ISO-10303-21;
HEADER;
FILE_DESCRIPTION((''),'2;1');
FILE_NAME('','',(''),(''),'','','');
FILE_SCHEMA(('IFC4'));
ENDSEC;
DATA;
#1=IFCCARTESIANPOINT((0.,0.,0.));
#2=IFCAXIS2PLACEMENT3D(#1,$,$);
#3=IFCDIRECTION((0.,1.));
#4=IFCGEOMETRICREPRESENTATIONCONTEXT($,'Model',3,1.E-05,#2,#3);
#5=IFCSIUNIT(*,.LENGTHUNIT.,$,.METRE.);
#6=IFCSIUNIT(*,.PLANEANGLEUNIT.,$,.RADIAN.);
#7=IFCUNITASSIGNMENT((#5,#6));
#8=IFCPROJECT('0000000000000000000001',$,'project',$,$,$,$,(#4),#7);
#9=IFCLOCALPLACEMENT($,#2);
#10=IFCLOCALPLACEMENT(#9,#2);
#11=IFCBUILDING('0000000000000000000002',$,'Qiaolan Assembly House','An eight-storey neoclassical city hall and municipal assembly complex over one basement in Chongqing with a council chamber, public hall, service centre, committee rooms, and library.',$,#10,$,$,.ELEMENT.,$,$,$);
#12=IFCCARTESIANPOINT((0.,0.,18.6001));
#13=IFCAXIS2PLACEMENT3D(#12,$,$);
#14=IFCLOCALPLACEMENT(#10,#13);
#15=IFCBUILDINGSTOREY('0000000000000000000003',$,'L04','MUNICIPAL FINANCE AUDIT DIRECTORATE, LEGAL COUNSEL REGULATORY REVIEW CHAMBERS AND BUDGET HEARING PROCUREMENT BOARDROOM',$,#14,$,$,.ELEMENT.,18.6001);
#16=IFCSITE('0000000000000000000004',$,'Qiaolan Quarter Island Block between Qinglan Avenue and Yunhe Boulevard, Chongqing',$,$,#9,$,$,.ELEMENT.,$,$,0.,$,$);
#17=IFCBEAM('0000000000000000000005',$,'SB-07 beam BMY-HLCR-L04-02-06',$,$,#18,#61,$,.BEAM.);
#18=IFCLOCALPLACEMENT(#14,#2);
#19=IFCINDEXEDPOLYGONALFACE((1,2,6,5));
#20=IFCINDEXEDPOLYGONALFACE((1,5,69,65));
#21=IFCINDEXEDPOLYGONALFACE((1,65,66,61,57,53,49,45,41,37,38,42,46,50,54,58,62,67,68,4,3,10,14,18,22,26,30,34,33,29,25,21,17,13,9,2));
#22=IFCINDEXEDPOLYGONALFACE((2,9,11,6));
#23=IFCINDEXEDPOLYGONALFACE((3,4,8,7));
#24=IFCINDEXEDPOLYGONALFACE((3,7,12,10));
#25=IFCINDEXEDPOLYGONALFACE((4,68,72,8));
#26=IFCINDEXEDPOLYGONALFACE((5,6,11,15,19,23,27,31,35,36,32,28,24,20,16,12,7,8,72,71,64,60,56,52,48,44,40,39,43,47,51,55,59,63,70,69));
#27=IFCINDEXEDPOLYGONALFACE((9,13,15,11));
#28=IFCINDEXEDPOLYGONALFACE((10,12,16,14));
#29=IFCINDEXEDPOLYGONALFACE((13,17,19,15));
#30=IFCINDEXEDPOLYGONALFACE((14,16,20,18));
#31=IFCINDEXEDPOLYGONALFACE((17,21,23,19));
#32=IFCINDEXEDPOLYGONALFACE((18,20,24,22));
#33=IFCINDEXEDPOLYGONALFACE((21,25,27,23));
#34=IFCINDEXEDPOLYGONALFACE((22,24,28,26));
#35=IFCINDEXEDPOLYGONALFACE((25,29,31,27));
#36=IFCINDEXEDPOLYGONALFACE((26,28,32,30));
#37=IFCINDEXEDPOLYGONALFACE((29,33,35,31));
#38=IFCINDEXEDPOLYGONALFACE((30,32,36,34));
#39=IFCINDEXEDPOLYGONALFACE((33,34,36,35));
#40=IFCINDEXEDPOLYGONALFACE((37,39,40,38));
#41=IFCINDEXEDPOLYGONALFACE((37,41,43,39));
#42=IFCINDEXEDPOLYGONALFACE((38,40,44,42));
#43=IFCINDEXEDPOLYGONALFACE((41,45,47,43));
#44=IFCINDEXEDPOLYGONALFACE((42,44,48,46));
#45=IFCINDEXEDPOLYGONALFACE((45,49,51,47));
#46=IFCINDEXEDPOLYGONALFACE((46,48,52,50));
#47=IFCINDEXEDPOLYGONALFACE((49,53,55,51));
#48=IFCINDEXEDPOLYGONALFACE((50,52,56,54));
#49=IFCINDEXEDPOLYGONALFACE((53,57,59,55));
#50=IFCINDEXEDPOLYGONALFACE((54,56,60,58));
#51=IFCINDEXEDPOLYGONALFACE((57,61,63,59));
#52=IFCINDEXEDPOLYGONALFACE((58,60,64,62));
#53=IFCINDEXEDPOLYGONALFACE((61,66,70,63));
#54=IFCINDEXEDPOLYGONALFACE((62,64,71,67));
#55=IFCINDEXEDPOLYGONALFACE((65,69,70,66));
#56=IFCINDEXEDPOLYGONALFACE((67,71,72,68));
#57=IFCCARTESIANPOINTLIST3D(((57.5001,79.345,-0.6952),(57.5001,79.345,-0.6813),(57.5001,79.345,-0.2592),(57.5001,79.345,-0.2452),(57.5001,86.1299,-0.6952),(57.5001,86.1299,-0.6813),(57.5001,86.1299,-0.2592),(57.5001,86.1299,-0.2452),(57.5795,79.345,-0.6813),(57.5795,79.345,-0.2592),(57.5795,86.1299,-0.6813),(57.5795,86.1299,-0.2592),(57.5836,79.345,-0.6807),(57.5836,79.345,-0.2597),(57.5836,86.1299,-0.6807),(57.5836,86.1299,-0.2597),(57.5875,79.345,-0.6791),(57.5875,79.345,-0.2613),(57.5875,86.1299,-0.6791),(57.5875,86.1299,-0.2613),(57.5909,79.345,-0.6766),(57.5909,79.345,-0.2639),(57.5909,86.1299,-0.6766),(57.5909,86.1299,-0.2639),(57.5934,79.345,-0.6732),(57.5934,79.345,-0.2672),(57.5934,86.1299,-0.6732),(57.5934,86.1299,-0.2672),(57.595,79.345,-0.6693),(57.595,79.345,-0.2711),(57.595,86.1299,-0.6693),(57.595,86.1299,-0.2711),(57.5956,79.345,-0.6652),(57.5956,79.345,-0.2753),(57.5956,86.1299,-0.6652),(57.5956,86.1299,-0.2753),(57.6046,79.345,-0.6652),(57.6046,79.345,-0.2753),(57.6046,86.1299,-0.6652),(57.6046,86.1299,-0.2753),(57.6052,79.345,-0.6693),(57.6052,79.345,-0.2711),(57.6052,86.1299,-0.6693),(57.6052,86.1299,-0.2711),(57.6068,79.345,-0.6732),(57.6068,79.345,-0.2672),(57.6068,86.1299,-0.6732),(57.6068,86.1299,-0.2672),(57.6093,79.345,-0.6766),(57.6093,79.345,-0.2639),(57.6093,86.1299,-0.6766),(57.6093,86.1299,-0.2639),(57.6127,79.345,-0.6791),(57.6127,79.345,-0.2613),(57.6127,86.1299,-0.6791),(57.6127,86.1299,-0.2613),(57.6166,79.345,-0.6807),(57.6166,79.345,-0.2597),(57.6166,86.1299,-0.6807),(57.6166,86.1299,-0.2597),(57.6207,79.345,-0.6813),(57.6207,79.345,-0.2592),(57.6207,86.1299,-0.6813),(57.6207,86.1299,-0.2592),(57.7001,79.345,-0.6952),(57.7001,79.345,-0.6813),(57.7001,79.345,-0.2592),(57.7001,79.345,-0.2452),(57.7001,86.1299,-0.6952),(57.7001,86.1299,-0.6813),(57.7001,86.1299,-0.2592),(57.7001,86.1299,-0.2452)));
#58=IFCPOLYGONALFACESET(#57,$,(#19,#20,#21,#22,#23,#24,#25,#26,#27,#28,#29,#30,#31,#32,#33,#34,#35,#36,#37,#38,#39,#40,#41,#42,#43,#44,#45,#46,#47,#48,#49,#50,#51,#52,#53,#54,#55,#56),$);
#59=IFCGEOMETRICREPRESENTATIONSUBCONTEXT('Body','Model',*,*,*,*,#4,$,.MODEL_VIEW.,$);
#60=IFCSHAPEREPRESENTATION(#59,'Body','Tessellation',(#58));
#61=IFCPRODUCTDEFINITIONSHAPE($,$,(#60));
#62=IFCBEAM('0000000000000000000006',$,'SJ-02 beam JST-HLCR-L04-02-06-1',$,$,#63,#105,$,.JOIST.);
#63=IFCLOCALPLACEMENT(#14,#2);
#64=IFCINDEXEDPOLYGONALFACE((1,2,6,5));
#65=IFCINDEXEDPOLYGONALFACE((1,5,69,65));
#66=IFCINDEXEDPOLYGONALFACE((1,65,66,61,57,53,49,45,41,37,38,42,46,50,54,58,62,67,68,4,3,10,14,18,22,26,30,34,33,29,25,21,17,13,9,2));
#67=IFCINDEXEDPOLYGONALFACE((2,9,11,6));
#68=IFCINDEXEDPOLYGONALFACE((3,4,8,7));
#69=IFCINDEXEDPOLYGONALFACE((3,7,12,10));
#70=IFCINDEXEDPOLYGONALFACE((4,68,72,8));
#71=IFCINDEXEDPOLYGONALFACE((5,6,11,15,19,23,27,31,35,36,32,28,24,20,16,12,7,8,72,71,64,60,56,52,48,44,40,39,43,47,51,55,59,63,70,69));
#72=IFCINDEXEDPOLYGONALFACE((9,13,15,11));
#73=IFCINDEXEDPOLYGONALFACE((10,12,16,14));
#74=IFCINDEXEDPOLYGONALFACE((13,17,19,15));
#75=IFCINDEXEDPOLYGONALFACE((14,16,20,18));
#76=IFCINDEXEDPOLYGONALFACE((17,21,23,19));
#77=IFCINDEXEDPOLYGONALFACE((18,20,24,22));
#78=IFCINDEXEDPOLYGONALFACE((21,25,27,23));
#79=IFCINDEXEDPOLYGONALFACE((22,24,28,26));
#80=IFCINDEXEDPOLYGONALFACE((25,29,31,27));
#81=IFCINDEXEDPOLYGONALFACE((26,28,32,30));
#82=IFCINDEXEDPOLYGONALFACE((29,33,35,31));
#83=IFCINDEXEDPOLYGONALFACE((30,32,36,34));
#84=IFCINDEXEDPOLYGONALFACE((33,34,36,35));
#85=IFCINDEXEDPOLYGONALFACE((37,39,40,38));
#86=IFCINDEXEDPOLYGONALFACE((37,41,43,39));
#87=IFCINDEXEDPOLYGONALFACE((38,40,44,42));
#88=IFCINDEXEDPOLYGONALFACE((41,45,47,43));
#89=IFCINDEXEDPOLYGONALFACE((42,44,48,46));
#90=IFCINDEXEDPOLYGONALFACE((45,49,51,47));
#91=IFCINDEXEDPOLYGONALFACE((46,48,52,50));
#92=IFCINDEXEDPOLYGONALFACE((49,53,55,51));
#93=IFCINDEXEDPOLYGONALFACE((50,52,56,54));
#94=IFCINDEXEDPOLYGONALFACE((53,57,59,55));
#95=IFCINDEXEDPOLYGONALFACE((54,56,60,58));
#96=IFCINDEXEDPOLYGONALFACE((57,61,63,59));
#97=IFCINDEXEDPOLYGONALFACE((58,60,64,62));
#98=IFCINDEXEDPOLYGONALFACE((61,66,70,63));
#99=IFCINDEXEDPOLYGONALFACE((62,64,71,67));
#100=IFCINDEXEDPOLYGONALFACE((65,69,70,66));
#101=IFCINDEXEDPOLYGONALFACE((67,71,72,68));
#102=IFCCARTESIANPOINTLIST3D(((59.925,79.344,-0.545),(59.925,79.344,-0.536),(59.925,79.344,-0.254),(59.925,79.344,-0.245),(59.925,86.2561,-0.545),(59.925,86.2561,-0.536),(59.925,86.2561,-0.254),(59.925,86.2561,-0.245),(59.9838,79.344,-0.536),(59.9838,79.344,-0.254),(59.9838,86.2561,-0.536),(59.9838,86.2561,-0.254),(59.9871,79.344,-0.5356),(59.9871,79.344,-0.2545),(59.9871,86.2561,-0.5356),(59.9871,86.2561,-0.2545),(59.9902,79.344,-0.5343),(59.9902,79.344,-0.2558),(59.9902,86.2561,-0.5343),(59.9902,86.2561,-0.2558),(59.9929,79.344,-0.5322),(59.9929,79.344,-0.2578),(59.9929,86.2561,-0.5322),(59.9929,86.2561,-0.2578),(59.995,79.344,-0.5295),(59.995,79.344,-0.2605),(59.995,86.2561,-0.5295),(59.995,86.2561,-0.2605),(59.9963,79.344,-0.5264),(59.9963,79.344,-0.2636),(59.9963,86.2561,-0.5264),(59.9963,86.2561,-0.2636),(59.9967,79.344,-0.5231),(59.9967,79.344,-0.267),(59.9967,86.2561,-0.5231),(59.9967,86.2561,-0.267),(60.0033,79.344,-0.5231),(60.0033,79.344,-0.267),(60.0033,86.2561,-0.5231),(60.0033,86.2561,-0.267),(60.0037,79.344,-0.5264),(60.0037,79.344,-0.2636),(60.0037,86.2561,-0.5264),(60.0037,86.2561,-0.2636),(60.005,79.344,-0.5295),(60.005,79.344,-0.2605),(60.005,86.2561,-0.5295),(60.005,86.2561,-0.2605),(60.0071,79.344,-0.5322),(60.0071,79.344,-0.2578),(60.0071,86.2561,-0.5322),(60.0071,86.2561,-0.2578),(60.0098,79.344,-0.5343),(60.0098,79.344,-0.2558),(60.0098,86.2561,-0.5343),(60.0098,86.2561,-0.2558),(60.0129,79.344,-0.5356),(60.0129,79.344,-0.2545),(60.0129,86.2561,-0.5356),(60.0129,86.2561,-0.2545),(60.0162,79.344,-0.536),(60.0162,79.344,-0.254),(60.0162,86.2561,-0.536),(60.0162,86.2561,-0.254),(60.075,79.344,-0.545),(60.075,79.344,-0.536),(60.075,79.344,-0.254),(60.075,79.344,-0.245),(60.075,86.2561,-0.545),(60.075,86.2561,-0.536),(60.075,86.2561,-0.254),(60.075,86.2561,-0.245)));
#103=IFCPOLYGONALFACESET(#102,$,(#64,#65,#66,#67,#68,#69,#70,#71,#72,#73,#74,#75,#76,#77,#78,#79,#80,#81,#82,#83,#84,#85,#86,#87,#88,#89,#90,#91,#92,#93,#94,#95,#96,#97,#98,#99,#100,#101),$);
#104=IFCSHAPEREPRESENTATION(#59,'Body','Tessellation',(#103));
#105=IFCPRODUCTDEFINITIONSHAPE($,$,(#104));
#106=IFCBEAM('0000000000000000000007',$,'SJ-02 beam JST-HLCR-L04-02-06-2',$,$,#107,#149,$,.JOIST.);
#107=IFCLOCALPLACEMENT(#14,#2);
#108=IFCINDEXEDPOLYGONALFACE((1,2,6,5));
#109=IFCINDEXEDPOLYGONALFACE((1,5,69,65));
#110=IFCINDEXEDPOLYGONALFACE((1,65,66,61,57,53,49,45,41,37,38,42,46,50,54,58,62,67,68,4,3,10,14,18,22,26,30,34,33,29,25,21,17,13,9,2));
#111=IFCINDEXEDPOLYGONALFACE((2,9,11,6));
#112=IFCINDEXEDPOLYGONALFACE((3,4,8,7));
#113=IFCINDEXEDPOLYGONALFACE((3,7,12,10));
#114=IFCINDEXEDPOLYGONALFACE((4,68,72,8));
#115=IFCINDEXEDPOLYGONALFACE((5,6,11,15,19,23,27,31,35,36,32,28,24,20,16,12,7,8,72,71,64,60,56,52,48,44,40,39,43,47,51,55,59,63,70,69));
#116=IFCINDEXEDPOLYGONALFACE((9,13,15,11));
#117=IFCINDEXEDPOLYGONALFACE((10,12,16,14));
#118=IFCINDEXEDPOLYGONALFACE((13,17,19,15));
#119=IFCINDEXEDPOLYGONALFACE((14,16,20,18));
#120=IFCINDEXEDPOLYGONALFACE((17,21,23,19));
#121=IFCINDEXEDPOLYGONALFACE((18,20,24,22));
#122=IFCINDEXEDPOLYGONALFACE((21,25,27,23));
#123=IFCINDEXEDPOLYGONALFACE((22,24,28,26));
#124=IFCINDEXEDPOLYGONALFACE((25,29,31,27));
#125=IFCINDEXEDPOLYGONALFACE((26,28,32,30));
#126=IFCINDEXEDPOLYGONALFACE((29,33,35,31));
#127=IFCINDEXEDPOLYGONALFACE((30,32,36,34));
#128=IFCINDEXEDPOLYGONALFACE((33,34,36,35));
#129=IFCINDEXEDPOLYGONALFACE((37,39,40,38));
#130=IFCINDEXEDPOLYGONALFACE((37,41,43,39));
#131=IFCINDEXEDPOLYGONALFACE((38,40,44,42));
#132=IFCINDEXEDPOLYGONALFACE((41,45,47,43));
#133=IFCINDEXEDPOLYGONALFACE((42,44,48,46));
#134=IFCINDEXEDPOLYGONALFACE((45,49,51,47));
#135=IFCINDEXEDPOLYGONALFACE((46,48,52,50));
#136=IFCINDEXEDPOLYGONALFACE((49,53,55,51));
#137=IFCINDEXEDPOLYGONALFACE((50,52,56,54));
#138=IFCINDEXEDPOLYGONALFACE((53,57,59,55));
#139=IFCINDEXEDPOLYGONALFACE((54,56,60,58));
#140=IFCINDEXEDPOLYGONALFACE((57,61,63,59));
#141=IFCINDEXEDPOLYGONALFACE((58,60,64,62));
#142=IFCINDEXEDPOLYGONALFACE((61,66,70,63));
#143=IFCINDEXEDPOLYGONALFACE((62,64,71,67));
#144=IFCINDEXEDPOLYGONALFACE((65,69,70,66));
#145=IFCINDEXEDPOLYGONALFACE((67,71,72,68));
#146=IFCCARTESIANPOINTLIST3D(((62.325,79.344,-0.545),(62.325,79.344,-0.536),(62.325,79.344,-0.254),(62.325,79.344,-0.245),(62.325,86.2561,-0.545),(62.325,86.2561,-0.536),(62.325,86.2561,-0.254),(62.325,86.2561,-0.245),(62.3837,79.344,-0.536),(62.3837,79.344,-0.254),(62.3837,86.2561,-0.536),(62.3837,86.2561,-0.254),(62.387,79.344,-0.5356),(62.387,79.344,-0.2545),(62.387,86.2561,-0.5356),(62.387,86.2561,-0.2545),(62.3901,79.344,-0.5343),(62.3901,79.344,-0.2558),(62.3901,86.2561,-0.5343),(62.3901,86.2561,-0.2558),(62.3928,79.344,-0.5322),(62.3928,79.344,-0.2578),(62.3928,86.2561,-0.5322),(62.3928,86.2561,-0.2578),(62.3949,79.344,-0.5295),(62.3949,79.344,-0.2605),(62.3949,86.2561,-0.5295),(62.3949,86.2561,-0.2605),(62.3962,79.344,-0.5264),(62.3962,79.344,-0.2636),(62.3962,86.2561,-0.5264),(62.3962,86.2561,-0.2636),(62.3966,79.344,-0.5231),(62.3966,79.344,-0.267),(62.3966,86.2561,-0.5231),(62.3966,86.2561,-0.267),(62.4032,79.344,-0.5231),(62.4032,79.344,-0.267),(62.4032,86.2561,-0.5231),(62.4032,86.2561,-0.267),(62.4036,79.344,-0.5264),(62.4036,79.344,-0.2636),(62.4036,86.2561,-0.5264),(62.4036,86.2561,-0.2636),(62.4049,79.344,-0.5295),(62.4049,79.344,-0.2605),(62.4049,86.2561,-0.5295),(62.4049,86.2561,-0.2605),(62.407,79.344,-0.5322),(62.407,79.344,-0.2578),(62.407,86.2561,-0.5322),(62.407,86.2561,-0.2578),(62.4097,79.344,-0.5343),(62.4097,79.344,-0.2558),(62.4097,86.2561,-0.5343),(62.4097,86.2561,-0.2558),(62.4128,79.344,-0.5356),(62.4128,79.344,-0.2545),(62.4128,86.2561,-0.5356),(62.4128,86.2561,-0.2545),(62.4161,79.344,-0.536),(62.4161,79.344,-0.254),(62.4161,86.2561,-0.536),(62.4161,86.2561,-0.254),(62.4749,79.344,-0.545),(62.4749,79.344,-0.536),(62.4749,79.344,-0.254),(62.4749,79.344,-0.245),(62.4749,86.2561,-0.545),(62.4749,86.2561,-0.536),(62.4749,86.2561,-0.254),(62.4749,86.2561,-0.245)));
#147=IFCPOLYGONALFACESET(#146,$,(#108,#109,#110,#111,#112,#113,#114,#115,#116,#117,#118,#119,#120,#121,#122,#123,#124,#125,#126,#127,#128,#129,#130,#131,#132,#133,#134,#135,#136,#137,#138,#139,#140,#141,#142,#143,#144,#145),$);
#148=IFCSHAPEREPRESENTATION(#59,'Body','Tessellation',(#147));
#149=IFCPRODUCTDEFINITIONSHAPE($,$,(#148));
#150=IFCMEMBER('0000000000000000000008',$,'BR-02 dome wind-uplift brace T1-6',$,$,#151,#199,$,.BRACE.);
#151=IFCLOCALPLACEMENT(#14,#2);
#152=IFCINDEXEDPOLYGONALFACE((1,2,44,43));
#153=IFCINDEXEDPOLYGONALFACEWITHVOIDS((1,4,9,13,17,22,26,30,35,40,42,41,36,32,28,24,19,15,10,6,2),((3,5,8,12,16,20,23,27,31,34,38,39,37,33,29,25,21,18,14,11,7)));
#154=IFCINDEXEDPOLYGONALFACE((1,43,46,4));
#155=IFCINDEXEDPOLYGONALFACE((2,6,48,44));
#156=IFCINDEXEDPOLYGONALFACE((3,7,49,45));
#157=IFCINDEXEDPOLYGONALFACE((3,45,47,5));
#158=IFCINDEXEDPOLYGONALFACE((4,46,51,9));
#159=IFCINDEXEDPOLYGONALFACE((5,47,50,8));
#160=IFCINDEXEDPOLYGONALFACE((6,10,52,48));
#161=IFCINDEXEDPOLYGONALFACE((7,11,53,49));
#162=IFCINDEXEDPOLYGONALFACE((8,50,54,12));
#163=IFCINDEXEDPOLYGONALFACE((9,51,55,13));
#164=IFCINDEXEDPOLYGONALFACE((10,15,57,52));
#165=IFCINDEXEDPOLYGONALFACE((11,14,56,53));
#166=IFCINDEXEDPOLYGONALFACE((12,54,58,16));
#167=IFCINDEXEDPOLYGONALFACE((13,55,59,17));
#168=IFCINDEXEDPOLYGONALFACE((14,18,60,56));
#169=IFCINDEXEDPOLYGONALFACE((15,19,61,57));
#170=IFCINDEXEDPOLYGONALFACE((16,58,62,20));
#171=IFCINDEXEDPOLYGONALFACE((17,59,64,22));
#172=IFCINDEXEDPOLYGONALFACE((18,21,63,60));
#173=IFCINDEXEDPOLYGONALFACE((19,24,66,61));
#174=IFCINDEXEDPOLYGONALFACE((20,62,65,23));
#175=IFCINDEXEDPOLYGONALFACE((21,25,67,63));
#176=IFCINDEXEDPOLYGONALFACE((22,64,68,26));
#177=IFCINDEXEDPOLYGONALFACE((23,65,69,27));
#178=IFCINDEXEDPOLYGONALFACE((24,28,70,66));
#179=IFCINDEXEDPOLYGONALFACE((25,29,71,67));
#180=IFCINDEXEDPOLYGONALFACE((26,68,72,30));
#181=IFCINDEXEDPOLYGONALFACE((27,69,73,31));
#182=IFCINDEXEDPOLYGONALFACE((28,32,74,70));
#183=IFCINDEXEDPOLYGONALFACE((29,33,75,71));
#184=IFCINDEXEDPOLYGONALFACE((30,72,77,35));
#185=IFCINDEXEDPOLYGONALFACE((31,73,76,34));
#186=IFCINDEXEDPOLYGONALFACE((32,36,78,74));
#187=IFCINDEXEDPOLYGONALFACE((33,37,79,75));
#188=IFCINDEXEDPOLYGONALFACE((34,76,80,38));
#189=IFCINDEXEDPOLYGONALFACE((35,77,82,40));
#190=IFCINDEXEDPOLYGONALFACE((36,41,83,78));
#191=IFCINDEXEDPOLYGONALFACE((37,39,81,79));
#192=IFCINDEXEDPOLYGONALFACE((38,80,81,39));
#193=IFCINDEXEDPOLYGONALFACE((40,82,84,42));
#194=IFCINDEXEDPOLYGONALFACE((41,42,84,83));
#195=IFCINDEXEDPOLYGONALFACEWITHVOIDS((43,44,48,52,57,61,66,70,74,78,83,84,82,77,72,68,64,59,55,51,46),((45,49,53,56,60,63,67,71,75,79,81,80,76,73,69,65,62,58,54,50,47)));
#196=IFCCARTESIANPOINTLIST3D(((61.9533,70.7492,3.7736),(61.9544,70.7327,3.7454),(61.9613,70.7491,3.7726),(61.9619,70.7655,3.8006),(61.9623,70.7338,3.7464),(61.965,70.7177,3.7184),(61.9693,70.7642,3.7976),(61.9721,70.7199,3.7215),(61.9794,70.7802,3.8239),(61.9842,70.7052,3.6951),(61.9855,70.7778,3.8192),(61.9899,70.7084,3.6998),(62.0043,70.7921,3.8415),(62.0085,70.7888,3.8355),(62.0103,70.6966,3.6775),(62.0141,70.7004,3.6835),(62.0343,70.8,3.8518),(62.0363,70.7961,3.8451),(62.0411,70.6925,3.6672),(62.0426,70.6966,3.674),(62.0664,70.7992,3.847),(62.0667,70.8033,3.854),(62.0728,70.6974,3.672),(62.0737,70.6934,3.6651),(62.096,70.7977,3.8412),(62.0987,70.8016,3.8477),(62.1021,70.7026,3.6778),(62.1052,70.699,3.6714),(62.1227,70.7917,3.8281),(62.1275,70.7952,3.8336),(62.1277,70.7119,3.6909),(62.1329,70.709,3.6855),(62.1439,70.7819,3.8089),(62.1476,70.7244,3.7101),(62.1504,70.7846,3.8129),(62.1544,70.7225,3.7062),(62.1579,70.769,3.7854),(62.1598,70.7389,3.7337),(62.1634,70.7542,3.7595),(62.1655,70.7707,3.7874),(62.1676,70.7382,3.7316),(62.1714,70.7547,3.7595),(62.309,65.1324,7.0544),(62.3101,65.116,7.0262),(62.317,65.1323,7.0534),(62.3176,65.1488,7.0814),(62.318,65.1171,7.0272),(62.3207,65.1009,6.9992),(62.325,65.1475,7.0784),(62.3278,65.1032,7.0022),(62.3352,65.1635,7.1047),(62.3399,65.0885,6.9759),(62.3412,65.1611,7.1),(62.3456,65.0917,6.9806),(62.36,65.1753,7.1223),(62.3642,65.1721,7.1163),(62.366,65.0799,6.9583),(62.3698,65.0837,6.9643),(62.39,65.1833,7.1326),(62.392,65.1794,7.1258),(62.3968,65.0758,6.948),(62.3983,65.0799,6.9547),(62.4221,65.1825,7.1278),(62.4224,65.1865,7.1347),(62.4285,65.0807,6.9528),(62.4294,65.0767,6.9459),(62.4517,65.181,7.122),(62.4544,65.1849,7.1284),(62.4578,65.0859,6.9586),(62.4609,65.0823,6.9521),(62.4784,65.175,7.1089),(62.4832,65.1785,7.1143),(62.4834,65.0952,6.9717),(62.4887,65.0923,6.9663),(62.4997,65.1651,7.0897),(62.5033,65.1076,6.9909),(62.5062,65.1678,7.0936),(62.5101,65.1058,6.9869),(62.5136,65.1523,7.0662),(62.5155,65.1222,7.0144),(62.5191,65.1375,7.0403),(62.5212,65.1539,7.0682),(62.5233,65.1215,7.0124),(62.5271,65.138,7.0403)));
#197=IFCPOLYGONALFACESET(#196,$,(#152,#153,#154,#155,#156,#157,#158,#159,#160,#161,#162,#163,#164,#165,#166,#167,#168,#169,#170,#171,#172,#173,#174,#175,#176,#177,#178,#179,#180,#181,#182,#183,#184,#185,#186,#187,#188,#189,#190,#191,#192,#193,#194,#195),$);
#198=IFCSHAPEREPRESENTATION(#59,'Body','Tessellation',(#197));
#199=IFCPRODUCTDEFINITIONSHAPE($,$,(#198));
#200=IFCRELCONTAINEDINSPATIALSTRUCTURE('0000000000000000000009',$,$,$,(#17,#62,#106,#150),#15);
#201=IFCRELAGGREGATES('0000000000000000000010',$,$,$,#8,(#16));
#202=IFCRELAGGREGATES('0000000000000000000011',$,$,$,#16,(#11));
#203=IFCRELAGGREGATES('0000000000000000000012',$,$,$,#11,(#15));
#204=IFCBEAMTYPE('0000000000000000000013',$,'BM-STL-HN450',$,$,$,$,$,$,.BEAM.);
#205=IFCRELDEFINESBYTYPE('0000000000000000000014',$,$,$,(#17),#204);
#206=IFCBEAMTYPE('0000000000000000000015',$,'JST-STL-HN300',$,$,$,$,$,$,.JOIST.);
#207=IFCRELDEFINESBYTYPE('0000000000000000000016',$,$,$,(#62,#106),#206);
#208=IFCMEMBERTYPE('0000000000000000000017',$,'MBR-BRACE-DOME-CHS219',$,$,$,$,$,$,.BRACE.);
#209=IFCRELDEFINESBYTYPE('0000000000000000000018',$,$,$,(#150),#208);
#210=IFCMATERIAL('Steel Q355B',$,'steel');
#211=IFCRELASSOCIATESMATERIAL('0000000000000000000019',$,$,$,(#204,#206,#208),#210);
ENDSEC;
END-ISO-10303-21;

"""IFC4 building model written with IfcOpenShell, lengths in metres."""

from ifc_helpers import new_model, si_unit, direction, frame, origin, origin_2d, place, context, subcontext, project, spatial, hollow_circle, i_section, extrude, material, material_profile, profile_set, type_object, element, save


model = new_model("IFC4")

# Units and contexts
model_context = context("Model", 3, precision=1e-05, world=origin(), true_north=direction((0.0, 1.0)))
body_context = subcontext(model_context, "Body", "Model", "MODEL_VIEW")
ifc_project = project(units=[si_unit("LENGTHUNIT", "METRE"), si_unit("PLANEANGLEUNIT", "RADIAN")], contexts=[model_context])

# Site, building, storey
site_placement = place(None, origin())
site = spatial("IfcSite", under=ifc_project, at=site_placement, Name="Qiaolan Quarter Island Block between Qinglan Avenue and Yunhe Boulevard, Chongqing", CompositionType="ELEMENT", RefElevation=0.0)
building_placement = place(site_placement, origin())
building = spatial("IfcBuilding", under=site, at=building_placement, Name="Qiaolan Assembly House", Description="An eight-storey neoclassical city hall and municipal assembly complex over one basement in Chongqing with a council chamber, public hall, service centre, committee rooms, and library.", CompositionType="ELEMENT")
storey_placement = place(building_placement, frame((0.0, 0.0, 18.6001)))
storey = spatial("IfcBuildingStorey", under=building, at=storey_placement, Name="L04", Description="MUNICIPAL FINANCE AUDIT DIRECTORATE, LEGAL COUNSEL REGULATORY REVIEW CHAMBERS AND BUDGET HEARING PROCUREMENT BOARDROOM", CompositionType="ELEMENT", Elevation=18.6001)

# Beams
ifc_material_1 = material(Name="Steel Q355B", Category="steel")
ifc_material_profile_1 = material_profile(ifc_material_1, i_section(OverallWidth=0.2, OverallDepth=0.45, WebThickness=0.009, FlangeThickness=0.0139, FilletRadius=0.0161, at=origin_2d()), Name="HN 450x200x9x14")
ifc_profile_set_1 = profile_set([ifc_material_profile_1], Name="Steel Q355B")
beam_type_1 = type_object("IfcBeamType", Name="BM-STL-HN450", PredefinedType="BEAM", material=ifc_profile_set_1)
beam_1_placement = place(storey_placement, frame((57.6001, 79.345, -0.4702), z_axis=(0.0, 1.0, 0.0), x_axis=(-1.0, 0.0, 0.0)))
element("IfcBeam", 1, at=beam_1_placement, inside=storey, type_object=beam_type_1, Name="SB-07 beam BMY-HLCR-L04-02-06", PredefinedType="BEAM", context=body_context, shape_type="SweptSolid", body=[
    extrude(i_section(OverallWidth=0.2, OverallDepth=0.45, WebThickness=0.009, FlangeThickness=0.0139, FilletRadius=0.0161, at=origin_2d()), origin(), (0.0, 0.0, 1.0), 6.7849),
])
ifc_material_profile_2 = material_profile(ifc_material_1, i_section(OverallWidth=0.1499, OverallDepth=0.3, WebThickness=0.0066, FlangeThickness=0.009, FilletRadius=0.0129, at=origin_2d()), Name="HN 300x150x6.5x9")
ifc_profile_set_2 = profile_set([ifc_material_profile_2], Name="Steel Q355B")
beam_type_2 = type_object("IfcBeamType", Name="JST-STL-HN300", PredefinedType="JOIST", material=ifc_profile_set_2)
for number, where, z_axis, x_axis, name in (
    (2, (60.0, 79.344, -0.395), (0.0, 1.0, 0.0), (-1.0, 0.0, 0.0), "SJ-02 beam JST-HLCR-L04-02-06-1"),
    (3, (62.3999, 79.344, -0.395), (0.0, 1.0, 0.0), (-1.0, 0.0, 0.0), "SJ-02 beam JST-HLCR-L04-02-06-2"),
):
    element("IfcBeam", number, at=place(storey_placement, frame(where, z_axis=z_axis, x_axis=x_axis)), inside=storey, type_object=beam_type_2, Name=name, PredefinedType="JOIST", context=body_context, shape_type="SweptSolid", body=[
        extrude(i_section(OverallWidth=0.1499, OverallDepth=0.3, WebThickness=0.0066, FlangeThickness=0.009, FilletRadius=0.0129, at=origin_2d()), origin(), (0.0, 0.0, 1.0), 6.9121),
    ])

# Member
ifc_material_profile_3 = material_profile(ifc_material_1, hollow_circle(Radius=0.1096, WallThickness=0.0081, at=origin_2d()), Name="CHS 219.1x8")
ifc_profile_set_3 = profile_set([ifc_material_profile_3], Name="Steel Q355B")
member_type_1 = type_object("IfcMemberType", Name="MBR-BRACE-DOME-CHS219", PredefinedType="BRACE", material=ifc_profile_set_3)
member_1_placement = place(storey_placement, frame((62.062, 70.7478, 3.7595), z_axis=(0.054604, -0.862199, 0.503618), x_axis=(0.998001, 0.063205, 0.0)))
element("IfcMember", 4, at=member_1_placement, inside=storey, type_object=member_type_1, Name="BR-02 dome wind-uplift brace T1-6", PredefinedType="BRACE", context=body_context, shape_type="SweptSolid", body=[
    extrude(hollow_circle(Radius=0.1096, WallThickness=0.0081, at=origin_2d()), origin(), (0.0, 0.0, 1.0), 6.5144),
])

save(model, "model.ifc")
